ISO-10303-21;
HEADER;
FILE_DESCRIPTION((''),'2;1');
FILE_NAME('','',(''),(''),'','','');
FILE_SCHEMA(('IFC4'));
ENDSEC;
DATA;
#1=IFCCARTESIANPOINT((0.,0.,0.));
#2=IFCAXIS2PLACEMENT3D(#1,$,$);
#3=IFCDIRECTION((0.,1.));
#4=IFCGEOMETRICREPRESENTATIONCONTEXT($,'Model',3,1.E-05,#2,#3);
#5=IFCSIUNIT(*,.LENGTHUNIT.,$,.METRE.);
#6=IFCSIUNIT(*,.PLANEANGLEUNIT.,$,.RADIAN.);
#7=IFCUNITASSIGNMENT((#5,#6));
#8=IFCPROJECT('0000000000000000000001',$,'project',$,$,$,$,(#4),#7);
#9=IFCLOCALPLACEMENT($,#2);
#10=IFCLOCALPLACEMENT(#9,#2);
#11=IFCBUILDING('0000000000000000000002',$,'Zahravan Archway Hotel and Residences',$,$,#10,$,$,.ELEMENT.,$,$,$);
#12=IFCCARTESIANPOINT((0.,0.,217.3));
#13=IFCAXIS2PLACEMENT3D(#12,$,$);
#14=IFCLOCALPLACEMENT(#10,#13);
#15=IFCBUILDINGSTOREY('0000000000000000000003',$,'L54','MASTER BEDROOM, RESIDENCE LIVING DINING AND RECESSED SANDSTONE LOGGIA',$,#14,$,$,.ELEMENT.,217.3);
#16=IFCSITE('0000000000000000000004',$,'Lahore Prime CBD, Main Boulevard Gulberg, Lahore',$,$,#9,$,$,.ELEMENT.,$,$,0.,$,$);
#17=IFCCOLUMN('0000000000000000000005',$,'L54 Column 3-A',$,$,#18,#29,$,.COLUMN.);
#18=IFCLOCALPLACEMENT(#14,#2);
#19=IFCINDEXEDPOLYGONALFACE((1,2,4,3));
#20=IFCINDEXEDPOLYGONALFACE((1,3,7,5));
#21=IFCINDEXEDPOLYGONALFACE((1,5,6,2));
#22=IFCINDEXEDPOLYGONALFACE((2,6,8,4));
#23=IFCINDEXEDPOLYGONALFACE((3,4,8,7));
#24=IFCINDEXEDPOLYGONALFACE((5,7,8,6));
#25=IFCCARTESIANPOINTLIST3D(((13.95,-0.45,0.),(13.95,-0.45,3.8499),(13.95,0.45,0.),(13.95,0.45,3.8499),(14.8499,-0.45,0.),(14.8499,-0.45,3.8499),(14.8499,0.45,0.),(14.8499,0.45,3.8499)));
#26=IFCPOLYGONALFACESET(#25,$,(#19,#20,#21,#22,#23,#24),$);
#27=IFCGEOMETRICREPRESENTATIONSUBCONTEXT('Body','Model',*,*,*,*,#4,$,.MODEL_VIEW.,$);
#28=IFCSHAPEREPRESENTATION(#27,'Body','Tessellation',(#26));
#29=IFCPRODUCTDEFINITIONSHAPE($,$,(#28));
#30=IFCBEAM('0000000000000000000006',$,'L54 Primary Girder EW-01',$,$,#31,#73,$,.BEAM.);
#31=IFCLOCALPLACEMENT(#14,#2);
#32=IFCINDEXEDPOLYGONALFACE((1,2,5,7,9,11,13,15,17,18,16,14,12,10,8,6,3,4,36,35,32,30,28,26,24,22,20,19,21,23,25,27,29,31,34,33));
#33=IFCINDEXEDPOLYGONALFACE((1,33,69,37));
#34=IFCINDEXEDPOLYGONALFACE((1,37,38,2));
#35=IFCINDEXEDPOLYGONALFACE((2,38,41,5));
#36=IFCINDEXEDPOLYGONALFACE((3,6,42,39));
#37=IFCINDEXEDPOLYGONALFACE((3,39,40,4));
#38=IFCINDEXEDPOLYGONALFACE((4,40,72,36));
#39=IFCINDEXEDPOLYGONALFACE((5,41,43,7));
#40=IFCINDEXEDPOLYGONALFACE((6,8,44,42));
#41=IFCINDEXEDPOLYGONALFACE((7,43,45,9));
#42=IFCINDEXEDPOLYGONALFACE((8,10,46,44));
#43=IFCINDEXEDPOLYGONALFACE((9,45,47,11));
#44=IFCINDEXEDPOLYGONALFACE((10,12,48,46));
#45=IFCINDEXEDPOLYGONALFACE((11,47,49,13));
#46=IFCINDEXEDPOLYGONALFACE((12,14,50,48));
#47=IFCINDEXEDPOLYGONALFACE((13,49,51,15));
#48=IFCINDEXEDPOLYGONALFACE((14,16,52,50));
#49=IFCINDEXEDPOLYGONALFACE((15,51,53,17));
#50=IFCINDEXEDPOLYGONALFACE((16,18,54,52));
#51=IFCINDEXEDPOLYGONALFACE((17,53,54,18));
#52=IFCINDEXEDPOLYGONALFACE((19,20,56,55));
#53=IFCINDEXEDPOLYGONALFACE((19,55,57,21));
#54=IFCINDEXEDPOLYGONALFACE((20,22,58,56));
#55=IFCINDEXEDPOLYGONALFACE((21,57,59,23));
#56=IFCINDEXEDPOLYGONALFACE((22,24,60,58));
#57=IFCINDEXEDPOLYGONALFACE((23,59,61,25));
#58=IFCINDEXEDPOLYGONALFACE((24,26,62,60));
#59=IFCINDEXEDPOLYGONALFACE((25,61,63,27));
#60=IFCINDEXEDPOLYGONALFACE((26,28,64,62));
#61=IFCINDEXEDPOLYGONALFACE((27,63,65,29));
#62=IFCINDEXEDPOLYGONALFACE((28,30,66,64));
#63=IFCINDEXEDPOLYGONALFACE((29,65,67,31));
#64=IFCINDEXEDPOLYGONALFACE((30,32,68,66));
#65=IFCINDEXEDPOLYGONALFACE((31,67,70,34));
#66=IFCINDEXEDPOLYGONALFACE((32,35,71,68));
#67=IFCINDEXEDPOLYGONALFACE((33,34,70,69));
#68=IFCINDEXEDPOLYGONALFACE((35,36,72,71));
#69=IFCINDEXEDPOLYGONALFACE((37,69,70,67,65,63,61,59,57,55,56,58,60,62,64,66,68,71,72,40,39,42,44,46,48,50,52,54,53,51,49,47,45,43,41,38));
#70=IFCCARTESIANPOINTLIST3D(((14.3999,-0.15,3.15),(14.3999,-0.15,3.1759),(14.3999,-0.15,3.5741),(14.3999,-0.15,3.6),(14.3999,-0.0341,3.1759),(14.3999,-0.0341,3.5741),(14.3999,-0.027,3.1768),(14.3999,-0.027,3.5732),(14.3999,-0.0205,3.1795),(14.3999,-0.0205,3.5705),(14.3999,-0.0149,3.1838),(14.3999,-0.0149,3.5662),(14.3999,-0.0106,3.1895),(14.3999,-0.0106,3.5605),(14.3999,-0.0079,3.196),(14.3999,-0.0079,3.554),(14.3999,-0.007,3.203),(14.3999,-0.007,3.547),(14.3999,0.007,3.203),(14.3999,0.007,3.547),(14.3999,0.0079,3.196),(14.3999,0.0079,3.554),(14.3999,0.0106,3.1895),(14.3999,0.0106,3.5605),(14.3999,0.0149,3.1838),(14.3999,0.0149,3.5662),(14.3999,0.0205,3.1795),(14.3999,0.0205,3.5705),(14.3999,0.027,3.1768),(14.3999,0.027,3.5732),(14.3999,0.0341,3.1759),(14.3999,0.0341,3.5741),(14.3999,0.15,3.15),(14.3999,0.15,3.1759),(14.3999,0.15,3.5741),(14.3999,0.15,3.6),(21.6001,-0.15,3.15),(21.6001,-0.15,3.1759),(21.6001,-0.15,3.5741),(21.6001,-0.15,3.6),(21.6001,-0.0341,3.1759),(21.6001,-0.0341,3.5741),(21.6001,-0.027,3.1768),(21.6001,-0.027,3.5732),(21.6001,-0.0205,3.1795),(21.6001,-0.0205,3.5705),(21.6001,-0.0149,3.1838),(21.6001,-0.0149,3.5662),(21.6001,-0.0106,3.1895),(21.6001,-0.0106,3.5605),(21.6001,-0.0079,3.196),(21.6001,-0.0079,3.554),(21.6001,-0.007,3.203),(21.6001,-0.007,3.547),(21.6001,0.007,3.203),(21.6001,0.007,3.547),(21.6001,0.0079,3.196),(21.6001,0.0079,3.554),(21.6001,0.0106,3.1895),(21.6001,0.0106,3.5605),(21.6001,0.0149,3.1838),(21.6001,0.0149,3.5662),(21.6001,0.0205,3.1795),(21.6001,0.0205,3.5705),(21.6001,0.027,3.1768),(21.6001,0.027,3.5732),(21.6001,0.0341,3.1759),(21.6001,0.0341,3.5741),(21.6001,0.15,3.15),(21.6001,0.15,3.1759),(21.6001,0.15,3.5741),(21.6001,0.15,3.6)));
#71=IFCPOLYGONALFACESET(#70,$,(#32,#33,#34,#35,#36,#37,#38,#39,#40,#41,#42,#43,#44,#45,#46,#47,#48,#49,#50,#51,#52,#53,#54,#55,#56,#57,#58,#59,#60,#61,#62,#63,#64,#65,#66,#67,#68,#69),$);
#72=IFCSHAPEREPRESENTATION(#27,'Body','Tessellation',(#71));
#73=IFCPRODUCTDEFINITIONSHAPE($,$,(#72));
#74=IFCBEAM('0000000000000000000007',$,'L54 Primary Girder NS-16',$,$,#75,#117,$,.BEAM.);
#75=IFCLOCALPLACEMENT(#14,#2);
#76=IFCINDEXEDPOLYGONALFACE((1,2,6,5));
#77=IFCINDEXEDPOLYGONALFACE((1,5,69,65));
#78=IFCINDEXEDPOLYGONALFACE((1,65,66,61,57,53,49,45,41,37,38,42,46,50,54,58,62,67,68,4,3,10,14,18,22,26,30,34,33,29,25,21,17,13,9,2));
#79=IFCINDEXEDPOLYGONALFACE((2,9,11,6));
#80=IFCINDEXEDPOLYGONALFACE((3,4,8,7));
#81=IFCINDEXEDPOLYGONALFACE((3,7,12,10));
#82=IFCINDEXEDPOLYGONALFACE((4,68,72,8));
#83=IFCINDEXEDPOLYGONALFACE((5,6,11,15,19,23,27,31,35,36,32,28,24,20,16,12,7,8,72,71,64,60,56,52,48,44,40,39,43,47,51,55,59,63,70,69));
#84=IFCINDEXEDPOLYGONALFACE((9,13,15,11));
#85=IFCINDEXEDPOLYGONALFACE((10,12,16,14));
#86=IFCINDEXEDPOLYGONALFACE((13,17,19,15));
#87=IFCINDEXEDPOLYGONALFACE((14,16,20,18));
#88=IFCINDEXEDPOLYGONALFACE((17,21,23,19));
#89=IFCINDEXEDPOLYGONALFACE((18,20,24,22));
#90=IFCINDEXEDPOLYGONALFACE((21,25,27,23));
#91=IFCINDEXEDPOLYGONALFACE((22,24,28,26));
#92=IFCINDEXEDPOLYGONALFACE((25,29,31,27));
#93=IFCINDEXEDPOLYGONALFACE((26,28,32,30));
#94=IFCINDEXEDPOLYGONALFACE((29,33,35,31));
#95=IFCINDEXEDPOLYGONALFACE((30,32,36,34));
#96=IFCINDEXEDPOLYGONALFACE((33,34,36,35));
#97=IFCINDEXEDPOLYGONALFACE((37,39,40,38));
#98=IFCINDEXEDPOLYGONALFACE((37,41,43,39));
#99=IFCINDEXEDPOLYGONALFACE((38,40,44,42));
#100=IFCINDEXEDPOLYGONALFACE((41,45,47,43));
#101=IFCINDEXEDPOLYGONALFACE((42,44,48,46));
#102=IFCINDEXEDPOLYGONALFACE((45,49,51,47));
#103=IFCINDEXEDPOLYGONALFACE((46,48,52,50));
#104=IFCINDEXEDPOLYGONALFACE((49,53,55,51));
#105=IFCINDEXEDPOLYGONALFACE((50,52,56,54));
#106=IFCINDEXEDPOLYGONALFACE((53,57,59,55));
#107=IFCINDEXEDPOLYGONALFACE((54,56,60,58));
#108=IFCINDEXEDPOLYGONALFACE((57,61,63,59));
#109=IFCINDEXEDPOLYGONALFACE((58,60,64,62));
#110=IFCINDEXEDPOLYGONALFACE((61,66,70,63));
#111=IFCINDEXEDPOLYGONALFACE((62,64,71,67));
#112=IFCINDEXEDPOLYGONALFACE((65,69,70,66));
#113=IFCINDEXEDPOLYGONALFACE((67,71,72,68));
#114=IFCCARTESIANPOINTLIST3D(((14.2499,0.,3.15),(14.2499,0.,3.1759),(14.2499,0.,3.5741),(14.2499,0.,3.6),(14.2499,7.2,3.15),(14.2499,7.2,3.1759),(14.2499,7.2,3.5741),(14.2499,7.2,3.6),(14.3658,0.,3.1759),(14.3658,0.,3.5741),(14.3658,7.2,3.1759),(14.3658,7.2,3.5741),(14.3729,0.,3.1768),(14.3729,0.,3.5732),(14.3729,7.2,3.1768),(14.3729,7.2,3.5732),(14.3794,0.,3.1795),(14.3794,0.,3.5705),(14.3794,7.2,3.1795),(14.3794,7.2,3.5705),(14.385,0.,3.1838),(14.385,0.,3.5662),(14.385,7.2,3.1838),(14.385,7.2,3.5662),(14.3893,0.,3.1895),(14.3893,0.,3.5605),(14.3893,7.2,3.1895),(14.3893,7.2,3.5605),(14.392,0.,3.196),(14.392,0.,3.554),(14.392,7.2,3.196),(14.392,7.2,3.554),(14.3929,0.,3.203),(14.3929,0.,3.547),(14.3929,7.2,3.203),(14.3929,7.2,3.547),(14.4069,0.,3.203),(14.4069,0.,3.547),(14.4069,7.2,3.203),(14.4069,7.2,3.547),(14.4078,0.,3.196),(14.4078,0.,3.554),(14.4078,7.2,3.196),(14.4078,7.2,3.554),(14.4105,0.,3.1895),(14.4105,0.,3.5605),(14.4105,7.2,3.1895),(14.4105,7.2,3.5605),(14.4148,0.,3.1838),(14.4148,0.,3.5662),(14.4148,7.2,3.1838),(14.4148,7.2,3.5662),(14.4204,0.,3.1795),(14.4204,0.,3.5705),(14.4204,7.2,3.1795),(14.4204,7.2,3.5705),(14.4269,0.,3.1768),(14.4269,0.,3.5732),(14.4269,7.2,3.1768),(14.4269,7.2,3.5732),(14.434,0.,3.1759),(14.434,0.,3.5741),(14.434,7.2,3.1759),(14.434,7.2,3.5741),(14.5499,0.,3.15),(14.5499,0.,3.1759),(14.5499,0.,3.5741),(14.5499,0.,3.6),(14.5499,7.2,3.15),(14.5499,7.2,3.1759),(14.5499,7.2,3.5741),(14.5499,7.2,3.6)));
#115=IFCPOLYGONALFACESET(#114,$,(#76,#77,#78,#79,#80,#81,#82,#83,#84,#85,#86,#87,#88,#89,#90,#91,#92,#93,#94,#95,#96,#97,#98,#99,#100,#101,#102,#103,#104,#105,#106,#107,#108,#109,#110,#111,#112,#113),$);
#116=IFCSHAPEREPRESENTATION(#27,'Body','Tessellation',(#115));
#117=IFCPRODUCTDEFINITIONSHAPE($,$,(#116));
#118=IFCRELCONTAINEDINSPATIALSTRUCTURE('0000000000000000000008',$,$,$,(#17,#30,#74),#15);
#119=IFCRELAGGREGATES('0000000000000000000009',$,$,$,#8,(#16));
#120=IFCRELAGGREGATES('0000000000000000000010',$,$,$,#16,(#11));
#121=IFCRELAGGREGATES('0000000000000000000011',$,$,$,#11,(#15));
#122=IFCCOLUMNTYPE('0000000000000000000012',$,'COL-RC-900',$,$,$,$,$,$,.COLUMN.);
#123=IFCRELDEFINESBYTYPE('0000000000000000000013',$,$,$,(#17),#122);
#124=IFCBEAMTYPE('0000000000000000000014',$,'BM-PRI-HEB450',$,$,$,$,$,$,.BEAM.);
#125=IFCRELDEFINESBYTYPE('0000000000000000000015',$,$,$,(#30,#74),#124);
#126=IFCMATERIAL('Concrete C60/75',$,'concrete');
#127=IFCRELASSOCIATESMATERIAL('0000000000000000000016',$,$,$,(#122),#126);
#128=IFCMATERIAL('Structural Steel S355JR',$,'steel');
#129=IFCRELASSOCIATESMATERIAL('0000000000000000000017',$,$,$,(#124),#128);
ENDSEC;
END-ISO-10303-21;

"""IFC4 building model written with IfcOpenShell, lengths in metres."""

from ifc_helpers import new_model, si_unit, direction, frame, origin, origin_2d, place, context, subcontext, project, spatial, rectangle, i_section, extrude, source, transform, mapped, material, material_profile, profile_set, type_object, type_shapes, element, save


model = new_model("IFC4")

# Units and contexts
model_context = context("Model", 3, precision=1e-05, world=origin(), true_north=direction((0.0, 1.0)))
body_context = subcontext(model_context, "Body", "Model", "MODEL_VIEW")
ifc_project = project(units=[si_unit("LENGTHUNIT", "METRE"), si_unit("PLANEANGLEUNIT", "RADIAN")], contexts=[model_context])

# Site, building, storey
site_placement = place(None, origin())
site = spatial("IfcSite", under=ifc_project, at=site_placement, Name="Lahore Prime CBD, Main Boulevard Gulberg, Lahore", CompositionType="ELEMENT", RefElevation=0.0)
building_placement = place(site_placement, origin())
building = spatial("IfcBuilding", under=site, at=building_placement, Name="Zahravan Archway Hotel and Residences", CompositionType="ELEMENT")
storey_placement = place(building_placement, frame((0.0, 0.0, 217.3)))
storey = spatial("IfcBuildingStorey", under=building, at=storey_placement, Name="L54", Description="MASTER BEDROOM, RESIDENCE LIVING DINING AND RECESSED SANDSTONE LOGGIA", CompositionType="ELEMENT", Elevation=217.3)

# Column
ifc_material_1 = material(Name="Concrete C60/75", Category="concrete")
ifc_material_profile_1 = material_profile(ifc_material_1, rectangle(XDim=0.8999, YDim=0.8999, at=origin_2d()), Name="RC-COL-900x900", Category="concrete")
ifc_profile_set_1 = profile_set([ifc_material_profile_1], Name="Concrete C60/75")
column_type = type_object("IfcColumnType", Name="COL-RC-900", PredefinedType="COLUMN", material=ifc_profile_set_1)
shared_shape_1 = source(origin(), body_context, "Body", "SweptSolid", [
    extrude(rectangle(XDim=0.8999, YDim=0.8999, at=origin_2d()), origin(), (0.0, 0.0, 1.0), 3.8499),
])
column_placement = place(storey_placement, frame((14.3999, 0.0, 0.0), z_axis=(0.0, 0.0, 1.0), x_axis=(1.0, 0.0, 0.0)))
element("IfcColumn", 1, at=column_placement, inside=storey, type_object=column_type, Name="L54 Column 3-A", PredefinedType="COLUMN", context=body_context, shape_type="MappedRepresentation", body=[
    mapped(shared_shape_1, transform((0.0, 0.0, 0.0), scale=1.0)),
])

# Beams
ifc_material_2 = material(Name="Structural Steel S355JR", Category="steel")
ifc_material_profile_2 = material_profile(ifc_material_2, i_section(OverallWidth=0.3, OverallDepth=0.45, WebThickness=0.0139, FlangeThickness=0.0259, FilletRadius=0.0271, at=origin_2d()), Name="HEB 450", Category="steel")
ifc_profile_set_2 = profile_set([ifc_material_profile_2], Name="Structural Steel S355JR")
beam_type = type_object("IfcBeamType", Name="BM-PRI-HEB450", PredefinedType="BEAM", material=ifc_profile_set_2)
shared_shape_2 = source(origin(), body_context, "Body", "SweptSolid", [
    extrude(i_section(OverallWidth=0.3, OverallDepth=0.45, WebThickness=0.0139, FlangeThickness=0.0259, FilletRadius=0.0271, at=origin_2d()), origin(), (0.0, 0.0, 1.0), 7.2002),
])
type_shapes(beam_type, [shared_shape_2])
beam_1_placement = place(storey_placement, frame((14.3999, 0.0, 3.375), z_axis=(1.0, 0.0, 0.0), x_axis=(0.0, 1.0, 0.0)))
element("IfcBeam", 2, at=beam_1_placement, inside=storey, type_object=beam_type, Name="L54 Primary Girder EW-01", PredefinedType="BEAM", context=body_context, shape_type="MappedRepresentation", body=[
    mapped(shared_shape_2, transform((0.0, 0.0, 0.0), scale=1.0)),
])
shared_shape_3 = source(origin(), body_context, "Body", "SweptSolid", [
    extrude(i_section(OverallWidth=0.3, OverallDepth=0.45, WebThickness=0.0139, FlangeThickness=0.0259, FilletRadius=0.0271, at=origin_2d()), origin(), (0.0, 0.0, 1.0), 7.2),
])
beam_2_placement = place(storey_placement, frame((14.3999, 0.0, 3.375), z_axis=(0.0, 1.0, 0.0), x_axis=(-1.0, 0.0, 0.0)))
element("IfcBeam", 3, at=beam_2_placement, inside=storey, type_object=beam_type, Name="L54 Primary Girder NS-16", PredefinedType="BEAM", context=body_context, shape_type="MappedRepresentation", body=[
    mapped(shared_shape_3, transform((0.0, 0.0, 0.0), scale=1.0)),
])

save(model, "model.ifc")
